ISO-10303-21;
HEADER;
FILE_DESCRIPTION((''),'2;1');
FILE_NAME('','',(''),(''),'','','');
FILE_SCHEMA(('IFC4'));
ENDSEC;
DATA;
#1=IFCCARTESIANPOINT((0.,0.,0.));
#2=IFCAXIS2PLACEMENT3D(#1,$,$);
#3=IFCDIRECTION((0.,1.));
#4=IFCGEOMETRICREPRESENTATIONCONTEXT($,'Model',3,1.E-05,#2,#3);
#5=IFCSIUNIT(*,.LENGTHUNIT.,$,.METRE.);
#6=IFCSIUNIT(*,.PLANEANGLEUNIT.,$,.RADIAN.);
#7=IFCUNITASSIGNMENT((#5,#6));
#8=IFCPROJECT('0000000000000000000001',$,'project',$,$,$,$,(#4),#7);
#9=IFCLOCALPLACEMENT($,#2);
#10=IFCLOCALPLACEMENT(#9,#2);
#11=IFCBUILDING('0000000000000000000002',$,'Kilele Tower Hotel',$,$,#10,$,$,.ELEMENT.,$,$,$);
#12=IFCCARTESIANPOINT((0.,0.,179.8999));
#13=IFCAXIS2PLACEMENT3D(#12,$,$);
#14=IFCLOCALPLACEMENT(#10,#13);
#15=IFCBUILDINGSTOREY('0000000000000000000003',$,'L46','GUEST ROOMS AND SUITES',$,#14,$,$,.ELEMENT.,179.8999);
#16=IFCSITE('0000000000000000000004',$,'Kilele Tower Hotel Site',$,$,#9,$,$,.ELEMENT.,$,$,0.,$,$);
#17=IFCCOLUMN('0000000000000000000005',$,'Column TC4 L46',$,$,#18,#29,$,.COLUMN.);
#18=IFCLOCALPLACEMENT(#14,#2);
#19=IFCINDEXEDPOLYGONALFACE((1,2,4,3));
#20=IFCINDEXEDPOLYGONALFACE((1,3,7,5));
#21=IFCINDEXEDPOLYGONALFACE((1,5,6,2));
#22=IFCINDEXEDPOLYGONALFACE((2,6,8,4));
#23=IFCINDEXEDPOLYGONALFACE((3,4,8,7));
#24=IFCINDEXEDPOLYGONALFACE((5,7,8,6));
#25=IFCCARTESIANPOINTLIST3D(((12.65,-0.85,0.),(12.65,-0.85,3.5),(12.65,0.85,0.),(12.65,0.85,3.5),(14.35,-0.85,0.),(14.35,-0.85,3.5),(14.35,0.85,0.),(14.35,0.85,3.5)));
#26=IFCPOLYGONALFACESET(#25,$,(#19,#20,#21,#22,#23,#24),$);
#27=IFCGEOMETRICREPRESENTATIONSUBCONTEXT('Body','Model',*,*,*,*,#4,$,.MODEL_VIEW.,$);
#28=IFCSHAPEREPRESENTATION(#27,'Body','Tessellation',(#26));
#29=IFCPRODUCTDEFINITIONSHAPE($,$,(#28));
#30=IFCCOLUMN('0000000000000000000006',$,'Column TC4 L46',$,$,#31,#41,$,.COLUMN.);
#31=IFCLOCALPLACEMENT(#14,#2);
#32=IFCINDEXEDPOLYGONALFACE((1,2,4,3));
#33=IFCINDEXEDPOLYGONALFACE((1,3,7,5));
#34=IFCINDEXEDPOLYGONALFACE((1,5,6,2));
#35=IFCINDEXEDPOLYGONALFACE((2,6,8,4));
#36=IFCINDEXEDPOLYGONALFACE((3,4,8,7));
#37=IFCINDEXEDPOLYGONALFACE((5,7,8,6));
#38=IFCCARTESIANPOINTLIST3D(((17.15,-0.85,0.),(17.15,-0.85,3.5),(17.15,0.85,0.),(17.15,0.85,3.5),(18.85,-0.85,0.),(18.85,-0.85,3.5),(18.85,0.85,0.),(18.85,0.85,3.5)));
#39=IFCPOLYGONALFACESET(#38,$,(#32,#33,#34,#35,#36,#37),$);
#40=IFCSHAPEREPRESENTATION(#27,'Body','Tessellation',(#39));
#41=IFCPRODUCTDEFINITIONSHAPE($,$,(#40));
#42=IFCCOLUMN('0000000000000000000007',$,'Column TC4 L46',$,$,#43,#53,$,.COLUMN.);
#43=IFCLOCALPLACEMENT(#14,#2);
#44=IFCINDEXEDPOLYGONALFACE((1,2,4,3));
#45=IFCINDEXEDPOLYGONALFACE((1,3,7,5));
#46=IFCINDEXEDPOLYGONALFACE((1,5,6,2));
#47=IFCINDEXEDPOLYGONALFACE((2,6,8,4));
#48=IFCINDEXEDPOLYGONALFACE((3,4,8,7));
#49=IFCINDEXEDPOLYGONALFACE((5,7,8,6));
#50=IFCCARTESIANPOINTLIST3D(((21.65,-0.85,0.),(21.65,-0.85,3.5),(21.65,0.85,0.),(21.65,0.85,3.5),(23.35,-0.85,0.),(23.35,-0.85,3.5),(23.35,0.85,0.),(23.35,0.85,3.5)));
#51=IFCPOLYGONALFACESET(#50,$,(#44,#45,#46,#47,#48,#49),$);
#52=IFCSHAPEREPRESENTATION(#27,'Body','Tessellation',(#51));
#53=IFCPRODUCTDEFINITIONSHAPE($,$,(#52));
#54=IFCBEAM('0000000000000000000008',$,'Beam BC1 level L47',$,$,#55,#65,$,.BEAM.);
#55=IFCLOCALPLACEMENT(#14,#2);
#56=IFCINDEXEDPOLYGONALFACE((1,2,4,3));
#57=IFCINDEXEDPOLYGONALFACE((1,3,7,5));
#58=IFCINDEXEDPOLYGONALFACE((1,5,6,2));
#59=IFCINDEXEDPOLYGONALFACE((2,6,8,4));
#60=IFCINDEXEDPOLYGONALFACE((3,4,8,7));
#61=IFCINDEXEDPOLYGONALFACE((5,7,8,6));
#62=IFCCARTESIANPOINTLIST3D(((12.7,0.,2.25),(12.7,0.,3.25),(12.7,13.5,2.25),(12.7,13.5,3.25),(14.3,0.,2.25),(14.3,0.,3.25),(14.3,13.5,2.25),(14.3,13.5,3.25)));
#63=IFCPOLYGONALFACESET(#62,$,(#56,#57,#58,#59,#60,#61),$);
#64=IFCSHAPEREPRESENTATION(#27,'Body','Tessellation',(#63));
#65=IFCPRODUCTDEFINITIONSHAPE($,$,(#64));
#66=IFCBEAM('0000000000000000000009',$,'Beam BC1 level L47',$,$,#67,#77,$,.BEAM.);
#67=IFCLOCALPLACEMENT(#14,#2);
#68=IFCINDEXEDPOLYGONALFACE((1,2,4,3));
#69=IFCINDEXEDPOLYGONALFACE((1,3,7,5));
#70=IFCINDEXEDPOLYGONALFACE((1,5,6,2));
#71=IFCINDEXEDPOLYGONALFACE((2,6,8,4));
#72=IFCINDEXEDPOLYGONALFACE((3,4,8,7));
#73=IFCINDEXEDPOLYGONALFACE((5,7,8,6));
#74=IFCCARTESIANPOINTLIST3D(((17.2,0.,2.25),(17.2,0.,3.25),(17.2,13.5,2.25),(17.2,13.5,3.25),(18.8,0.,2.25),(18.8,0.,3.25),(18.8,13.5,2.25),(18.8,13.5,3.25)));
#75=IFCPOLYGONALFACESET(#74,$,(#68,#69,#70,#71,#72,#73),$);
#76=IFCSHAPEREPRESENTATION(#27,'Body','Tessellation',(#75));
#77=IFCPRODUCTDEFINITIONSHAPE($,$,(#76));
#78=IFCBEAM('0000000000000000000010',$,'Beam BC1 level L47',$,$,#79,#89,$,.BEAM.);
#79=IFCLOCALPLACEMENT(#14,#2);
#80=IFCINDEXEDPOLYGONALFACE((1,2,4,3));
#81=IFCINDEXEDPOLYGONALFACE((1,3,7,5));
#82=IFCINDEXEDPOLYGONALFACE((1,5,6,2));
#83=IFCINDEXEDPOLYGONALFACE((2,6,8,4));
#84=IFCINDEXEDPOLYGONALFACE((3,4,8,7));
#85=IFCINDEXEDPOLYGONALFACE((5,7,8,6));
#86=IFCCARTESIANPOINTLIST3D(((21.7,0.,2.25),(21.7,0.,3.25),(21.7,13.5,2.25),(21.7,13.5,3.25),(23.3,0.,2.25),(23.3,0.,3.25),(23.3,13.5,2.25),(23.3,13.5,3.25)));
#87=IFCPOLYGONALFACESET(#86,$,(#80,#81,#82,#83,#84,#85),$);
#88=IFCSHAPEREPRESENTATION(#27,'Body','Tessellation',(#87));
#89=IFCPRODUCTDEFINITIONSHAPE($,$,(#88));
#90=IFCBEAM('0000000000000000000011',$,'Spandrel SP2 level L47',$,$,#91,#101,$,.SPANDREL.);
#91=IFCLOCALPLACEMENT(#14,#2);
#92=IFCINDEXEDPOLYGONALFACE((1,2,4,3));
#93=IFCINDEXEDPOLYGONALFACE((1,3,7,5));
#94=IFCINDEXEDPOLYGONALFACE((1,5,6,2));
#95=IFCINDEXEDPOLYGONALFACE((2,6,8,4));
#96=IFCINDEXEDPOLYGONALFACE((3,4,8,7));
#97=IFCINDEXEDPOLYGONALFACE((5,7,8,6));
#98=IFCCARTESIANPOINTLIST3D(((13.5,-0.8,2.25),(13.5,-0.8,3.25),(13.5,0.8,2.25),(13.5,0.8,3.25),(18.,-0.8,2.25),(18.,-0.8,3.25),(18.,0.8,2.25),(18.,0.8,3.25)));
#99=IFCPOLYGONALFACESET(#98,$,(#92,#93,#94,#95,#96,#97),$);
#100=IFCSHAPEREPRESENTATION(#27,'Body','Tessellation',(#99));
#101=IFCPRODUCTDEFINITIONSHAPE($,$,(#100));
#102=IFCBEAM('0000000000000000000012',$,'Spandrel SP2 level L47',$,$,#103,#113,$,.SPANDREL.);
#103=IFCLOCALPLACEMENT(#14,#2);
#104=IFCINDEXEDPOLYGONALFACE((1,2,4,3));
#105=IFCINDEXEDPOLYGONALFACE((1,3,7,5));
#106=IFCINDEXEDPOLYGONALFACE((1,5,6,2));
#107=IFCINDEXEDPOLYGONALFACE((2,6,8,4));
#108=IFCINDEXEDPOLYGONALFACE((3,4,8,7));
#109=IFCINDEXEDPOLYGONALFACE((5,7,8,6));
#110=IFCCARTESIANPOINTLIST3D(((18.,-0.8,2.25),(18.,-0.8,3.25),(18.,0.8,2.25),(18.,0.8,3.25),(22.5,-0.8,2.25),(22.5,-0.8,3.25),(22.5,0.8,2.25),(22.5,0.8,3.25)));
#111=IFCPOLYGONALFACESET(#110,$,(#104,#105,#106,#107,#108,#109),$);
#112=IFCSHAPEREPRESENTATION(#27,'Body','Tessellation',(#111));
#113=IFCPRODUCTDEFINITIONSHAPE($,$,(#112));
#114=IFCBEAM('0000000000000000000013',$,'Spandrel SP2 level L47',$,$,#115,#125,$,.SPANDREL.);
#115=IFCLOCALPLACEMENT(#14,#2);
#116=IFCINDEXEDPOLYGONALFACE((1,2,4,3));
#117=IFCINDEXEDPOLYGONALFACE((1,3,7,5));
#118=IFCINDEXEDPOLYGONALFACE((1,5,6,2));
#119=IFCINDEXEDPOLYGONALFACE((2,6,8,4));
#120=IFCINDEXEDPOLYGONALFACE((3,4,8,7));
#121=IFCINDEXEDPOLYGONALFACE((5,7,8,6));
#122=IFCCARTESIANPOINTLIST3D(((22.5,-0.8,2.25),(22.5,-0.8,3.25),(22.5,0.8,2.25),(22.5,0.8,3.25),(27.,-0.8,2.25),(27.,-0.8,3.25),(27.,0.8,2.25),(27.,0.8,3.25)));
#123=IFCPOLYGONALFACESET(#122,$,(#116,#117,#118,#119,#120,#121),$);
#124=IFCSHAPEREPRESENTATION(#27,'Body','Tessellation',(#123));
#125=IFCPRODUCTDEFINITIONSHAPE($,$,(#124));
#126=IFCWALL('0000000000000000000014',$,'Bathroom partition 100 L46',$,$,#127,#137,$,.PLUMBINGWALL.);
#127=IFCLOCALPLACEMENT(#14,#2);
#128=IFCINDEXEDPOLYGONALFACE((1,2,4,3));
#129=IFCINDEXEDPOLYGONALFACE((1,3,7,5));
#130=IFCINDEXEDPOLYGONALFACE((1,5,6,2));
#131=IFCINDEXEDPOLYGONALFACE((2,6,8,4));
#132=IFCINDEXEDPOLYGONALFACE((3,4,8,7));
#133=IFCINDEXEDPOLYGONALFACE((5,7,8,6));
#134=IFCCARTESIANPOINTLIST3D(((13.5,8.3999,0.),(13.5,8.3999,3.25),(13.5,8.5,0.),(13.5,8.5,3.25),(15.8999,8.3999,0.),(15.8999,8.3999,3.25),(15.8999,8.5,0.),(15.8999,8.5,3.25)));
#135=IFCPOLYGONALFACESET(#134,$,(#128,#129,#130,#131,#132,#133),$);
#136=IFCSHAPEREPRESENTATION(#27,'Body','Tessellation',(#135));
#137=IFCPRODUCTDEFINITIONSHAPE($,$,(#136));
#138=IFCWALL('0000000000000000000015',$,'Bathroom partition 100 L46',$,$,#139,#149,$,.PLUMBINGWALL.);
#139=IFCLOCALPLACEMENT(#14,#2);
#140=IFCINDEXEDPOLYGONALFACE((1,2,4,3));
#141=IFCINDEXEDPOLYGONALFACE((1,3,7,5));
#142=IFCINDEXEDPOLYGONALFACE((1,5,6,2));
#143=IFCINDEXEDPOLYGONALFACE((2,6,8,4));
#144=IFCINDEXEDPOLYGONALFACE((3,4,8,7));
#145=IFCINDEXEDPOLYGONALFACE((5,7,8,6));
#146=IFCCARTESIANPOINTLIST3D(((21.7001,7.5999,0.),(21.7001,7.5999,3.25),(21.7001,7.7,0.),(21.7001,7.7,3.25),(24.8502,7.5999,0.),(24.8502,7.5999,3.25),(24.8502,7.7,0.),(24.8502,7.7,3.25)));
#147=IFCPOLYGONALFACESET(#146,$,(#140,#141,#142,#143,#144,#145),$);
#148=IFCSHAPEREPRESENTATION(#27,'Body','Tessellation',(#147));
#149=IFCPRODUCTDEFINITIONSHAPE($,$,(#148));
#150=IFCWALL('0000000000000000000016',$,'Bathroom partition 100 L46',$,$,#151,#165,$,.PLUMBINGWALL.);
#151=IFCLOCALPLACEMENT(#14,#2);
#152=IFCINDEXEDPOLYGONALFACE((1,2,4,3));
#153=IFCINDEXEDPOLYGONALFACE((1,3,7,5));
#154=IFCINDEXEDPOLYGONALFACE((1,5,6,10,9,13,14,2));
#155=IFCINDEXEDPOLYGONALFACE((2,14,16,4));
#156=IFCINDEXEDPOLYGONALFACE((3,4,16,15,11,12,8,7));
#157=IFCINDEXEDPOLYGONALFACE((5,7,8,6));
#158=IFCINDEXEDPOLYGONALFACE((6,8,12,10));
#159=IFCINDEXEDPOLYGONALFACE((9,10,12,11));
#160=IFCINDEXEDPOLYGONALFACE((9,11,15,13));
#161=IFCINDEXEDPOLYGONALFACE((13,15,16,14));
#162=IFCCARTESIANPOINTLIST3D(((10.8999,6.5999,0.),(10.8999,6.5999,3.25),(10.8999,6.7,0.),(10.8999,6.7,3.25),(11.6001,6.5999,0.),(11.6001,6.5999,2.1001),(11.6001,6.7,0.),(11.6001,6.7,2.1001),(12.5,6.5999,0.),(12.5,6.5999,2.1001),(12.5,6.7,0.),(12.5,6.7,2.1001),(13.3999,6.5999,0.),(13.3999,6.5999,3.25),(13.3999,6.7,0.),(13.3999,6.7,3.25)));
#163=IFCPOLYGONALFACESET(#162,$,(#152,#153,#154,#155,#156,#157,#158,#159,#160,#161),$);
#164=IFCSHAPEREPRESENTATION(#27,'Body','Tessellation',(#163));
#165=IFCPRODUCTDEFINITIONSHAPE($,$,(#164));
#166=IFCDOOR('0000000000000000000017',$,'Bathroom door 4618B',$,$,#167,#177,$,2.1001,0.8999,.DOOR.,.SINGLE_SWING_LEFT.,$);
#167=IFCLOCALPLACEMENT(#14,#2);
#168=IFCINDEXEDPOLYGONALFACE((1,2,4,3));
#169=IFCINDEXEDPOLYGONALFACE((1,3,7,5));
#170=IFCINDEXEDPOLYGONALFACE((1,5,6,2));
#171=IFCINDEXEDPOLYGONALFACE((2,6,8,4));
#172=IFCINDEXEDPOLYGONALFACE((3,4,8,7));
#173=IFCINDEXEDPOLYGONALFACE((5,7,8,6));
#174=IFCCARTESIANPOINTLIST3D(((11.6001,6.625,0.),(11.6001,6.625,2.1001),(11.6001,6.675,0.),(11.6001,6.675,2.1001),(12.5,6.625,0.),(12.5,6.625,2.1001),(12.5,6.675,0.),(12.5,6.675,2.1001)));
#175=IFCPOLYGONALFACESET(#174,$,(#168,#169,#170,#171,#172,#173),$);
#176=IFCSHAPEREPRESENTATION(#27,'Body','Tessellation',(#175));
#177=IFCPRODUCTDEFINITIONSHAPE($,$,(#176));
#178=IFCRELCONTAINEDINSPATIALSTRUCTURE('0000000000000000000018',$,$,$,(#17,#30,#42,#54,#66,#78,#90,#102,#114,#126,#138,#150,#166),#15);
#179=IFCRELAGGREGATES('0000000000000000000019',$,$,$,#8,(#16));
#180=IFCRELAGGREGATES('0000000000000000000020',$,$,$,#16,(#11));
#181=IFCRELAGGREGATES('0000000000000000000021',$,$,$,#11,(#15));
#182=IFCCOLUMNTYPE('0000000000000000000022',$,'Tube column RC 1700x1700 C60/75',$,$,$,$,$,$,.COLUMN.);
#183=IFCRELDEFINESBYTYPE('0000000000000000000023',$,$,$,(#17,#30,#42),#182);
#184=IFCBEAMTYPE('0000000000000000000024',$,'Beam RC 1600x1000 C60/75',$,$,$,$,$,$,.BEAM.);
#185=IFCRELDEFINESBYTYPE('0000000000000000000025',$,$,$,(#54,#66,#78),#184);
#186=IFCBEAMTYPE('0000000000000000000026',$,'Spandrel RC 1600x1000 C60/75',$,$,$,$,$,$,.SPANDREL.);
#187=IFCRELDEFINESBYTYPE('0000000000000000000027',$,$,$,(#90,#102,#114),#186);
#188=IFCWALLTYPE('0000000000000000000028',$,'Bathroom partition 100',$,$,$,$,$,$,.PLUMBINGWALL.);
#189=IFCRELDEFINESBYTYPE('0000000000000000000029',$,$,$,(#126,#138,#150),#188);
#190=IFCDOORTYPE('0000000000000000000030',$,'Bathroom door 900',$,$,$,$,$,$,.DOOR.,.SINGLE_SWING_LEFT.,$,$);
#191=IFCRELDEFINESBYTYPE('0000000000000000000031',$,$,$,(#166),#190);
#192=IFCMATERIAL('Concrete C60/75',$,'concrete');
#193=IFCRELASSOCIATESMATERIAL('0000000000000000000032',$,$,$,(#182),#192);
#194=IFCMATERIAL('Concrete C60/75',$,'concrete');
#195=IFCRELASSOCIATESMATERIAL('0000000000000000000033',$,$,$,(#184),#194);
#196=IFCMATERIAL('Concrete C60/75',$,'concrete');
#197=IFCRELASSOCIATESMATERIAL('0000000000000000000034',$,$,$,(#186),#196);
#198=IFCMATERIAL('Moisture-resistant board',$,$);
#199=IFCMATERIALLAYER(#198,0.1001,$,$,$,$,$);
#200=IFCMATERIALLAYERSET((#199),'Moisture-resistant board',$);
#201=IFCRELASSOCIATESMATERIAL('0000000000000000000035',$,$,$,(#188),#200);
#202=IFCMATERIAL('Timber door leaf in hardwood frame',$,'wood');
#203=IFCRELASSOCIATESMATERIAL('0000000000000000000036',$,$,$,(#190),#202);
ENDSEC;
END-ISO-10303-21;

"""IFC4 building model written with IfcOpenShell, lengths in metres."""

from ifc_helpers import new_model, si_unit, direction, frame, frame_2d, origin, origin_2d, place, context, subcontext, project, spatial, rectangle, extrude, material, layer, layer_set, material_profile, profile_set, type_object, element, fill, save


model = new_model("IFC4")

# Units and contexts
model_context = context("Model", 3, precision=1e-05, world=origin(), true_north=direction((0.0, 1.0)))
body_context = subcontext(model_context, "Body", "Model", "MODEL_VIEW")
ifc_project = project(units=[si_unit("LENGTHUNIT", "METRE"), si_unit("PLANEANGLEUNIT", "RADIAN")], contexts=[model_context])

# Site, building, storey
site_placement = place(None, origin())
site = spatial("IfcSite", under=ifc_project, at=site_placement, Name="Kilele Tower Hotel Site", CompositionType="ELEMENT", RefElevation=0.0)
building_placement = place(site_placement, origin())
building = spatial("IfcBuilding", under=site, at=building_placement, Name="Kilele Tower Hotel", CompositionType="ELEMENT")
storey_placement = place(building_placement, frame((0.0, 0.0, 179.8999)))
storey = spatial("IfcBuildingStorey", under=building, at=storey_placement, Name="L46", Description="GUEST ROOMS AND SUITES", CompositionType="ELEMENT", Elevation=179.8999)

# Columns
ifc_material_1 = material(Name="Concrete C60/75", Category="concrete")
ifc_material_profile_1 = material_profile(ifc_material_1, rectangle(XDim=1.7, YDim=1.7, at=origin_2d()))
ifc_profile_set_1 = profile_set([ifc_material_profile_1], Name="Concrete C60/75")
column_type = type_object("IfcColumnType", Name="Tube column RC 1700x1700 C60/75", PredefinedType="COLUMN", material=ifc_profile_set_1)
for number, where, z_axis, x_axis, name in (
    (1, (13.5, 0.0, 0.0), (0.0, 0.0, 1.0), (1.0, 0.0, 0.0), "Column TC4 L46"),
    (2, (18.0, 0.0, 0.0), (0.0, 0.0, 1.0), (1.0, 0.0, 0.0), "Column TC4 L46"),
    (3, (22.5, 0.0, 0.0), (0.0, 0.0, 1.0), (1.0, 0.0, 0.0), "Column TC4 L46"),
):
    element("IfcColumn", number, at=place(storey_placement, frame(where, z_axis=z_axis, x_axis=x_axis)), inside=storey, type_object=column_type, Name=name, PredefinedType="COLUMN", context=body_context, shape_type="SweptSolid", body=[
        extrude(rectangle(XDim=1.7, YDim=1.7, at=origin_2d()), origin(), (0.0, 0.0, 1.0), 3.5),
    ])

# Beams
ifc_material_2 = material(Name="Concrete C60/75", Category="concrete")
ifc_material_profile_2 = material_profile(ifc_material_2, rectangle(XDim=1.6001, YDim=1.0, at=origin_2d()))
ifc_profile_set_2 = profile_set([ifc_material_profile_2], Name="Concrete C60/75")
beam_type_1 = type_object("IfcBeamType", Name="Beam RC 1600x1000 C60/75", PredefinedType="BEAM", material=ifc_profile_set_2)
for number, where, z_axis, x_axis, name in (
    (4, (13.5, 0.0, 2.75), (0.0, 1.0, 0.0), (-1.0, 0.0, 0.0), "Beam BC1 level L47"),
    (5, (18.0, 0.0, 2.75), (0.0, 1.0, 0.0), (-1.0, 0.0, 0.0), "Beam BC1 level L47"),
    (6, (22.5, 0.0, 2.75), (0.0, 1.0, 0.0), (-1.0, 0.0, 0.0), "Beam BC1 level L47"),
):
    element("IfcBeam", number, at=place(storey_placement, frame(where, z_axis=z_axis, x_axis=x_axis)), inside=storey, type_object=beam_type_1, Name=name, PredefinedType="BEAM", context=body_context, shape_type="SweptSolid", body=[
        extrude(rectangle(XDim=1.6001, YDim=1.0, at=origin_2d()), origin(), (0.0, 0.0, 1.0), 13.5),
    ])
ifc_material_3 = material(Name="Concrete C60/75", Category="concrete")
ifc_material_profile_3 = material_profile(ifc_material_3, rectangle(XDim=1.6001, YDim=1.0, at=origin_2d()))
ifc_profile_set_3 = profile_set([ifc_material_profile_3], Name="Concrete C60/75")
beam_type_2 = type_object("IfcBeamType", Name="Spandrel RC 1600x1000 C60/75", PredefinedType="SPANDREL", material=ifc_profile_set_3)
for number, where, z_axis, x_axis, name in (
    (7, (13.5, 0.0, 2.75), (1.0, 0.0, 0.0), (0.0, 1.0, 0.0), "Spandrel SP2 level L47"),
    (8, (18.0, 0.0, 2.75), (1.0, 0.0, 0.0), (0.0, 1.0, 0.0), "Spandrel SP2 level L47"),
    (9, (22.5, 0.0, 2.75), (1.0, 0.0, 0.0), (0.0, 1.0, 0.0), "Spandrel SP2 level L47"),
):
    element("IfcBeam", number, at=place(storey_placement, frame(where, z_axis=z_axis, x_axis=x_axis)), inside=storey, type_object=beam_type_2, Name=name, PredefinedType="SPANDREL", context=body_context, shape_type="SweptSolid", body=[
        extrude(rectangle(XDim=1.6001, YDim=1.0, at=origin_2d()), origin(), (0.0, 0.0, 1.0), 4.5),
    ])

# Walls
ifc_material_4 = material(Name="Moisture-resistant board")
ifc_layer_1 = layer(ifc_material_4, 0.1001)
ifc_layer_set_1 = layer_set([ifc_layer_1], Name="Moisture-resistant board")
wall_type_1 = type_object("IfcWallType", Name="Bathroom partition 100", PredefinedType="PLUMBINGWALL", material=ifc_layer_set_1)
wall_1_placement = place(storey_placement, frame((13.5, 8.45, 0.0), z_axis=(0.0, 0.0, 1.0), x_axis=(1.0, 0.0, 0.0)))
element("IfcWall", 10, at=wall_1_placement, inside=storey, type_object=wall_type_1, Name="Bathroom partition 100 L46", PredefinedType="PLUMBINGWALL", context=body_context, shape_type="SweptSolid", body=[
    extrude(rectangle(XDim=2.3999, YDim=0.1001, at=frame_2d((1.2, 0.0))), origin(), (0.0, 0.0, 1.0), 3.25),
])
wall_2_placement = place(storey_placement, frame((21.7, 7.6499, 0.0), z_axis=(0.0, 0.0, 1.0), x_axis=(1.0, 0.0, 0.0)))
element("IfcWall", 11, at=wall_2_placement, inside=storey, type_object=wall_type_1, Name="Bathroom partition 100 L46", PredefinedType="PLUMBINGWALL", context=body_context, shape_type="SweptSolid", body=[
    extrude(rectangle(XDim=3.1501, YDim=0.1001, at=frame_2d((1.5752, 0.0))), origin(), (0.0, 0.0, 1.0), 3.25),
])

# Wall, opening, door
wall_3_placement = place(storey_placement, frame((13.3999, 6.6499, 0.0), z_axis=(0.0, 0.0, 1.0), x_axis=(-1.0, 0.0, 0.0)))
wall_3 = element("IfcWall", 12, at=wall_3_placement, inside=storey, type_object=wall_type_1, Name="Bathroom partition 100 L46", PredefinedType="PLUMBINGWALL", context=body_context, shape_type="SweptSolid", body=[
    extrude(rectangle(XDim=2.5, YDim=0.1001, at=frame_2d((1.25, 0.0))), origin(), (0.0, 0.0, 1.0), 3.25),
])
opening_1_placement = place(wall_3_placement, frame((0.8999, 0.0, 0.0)))
opening_1 = element("IfcOpeningElement", 13, at=opening_1_placement, cuts=wall_3, PredefinedType="OPENING", context=body_context, shape_type="SweptSolid", body=[
    extrude(rectangle(XDim=0.8999, YDim=2.1001, at=frame_2d((0.45, 1.05))), frame((0.0, 0.0601, 0.0), z_axis=(0.0, -1.0, 0.0), x_axis=(1.0, 0.0, 0.0)), (0.0, 0.0, 1.0), 0.1201),
])
ifc_material_5 = material(Name="Timber door leaf in hardwood frame", Category="wood")
door_type_1 = type_object("IfcDoorType", Name="Bathroom door 900", OperationType="SINGLE_SWING_LEFT", PredefinedType="DOOR", material=ifc_material_5)
door_1_placement = place(opening_1_placement, origin())
door_1 = element("IfcDoor", 14, at=door_1_placement, inside=storey, type_object=door_type_1, Name="Bathroom door 4618B", OperationType="SINGLE_SWING_LEFT", OverallHeight=2.1001, OverallWidth=0.8999, PredefinedType="DOOR", context=body_context, shape_type="SweptSolid", body=[
    extrude(rectangle(XDim=0.8999, YDim=2.1001, at=frame_2d((0.45, 1.05))), frame((0.0, 0.0249, 0.0), z_axis=(0.0, -1.0, 0.0), x_axis=(1.0, 0.0, 0.0)), (0.0, 0.0, 1.0), 0.05),
])
fill(opening_1, door_1)

save(model, "model.ifc")
